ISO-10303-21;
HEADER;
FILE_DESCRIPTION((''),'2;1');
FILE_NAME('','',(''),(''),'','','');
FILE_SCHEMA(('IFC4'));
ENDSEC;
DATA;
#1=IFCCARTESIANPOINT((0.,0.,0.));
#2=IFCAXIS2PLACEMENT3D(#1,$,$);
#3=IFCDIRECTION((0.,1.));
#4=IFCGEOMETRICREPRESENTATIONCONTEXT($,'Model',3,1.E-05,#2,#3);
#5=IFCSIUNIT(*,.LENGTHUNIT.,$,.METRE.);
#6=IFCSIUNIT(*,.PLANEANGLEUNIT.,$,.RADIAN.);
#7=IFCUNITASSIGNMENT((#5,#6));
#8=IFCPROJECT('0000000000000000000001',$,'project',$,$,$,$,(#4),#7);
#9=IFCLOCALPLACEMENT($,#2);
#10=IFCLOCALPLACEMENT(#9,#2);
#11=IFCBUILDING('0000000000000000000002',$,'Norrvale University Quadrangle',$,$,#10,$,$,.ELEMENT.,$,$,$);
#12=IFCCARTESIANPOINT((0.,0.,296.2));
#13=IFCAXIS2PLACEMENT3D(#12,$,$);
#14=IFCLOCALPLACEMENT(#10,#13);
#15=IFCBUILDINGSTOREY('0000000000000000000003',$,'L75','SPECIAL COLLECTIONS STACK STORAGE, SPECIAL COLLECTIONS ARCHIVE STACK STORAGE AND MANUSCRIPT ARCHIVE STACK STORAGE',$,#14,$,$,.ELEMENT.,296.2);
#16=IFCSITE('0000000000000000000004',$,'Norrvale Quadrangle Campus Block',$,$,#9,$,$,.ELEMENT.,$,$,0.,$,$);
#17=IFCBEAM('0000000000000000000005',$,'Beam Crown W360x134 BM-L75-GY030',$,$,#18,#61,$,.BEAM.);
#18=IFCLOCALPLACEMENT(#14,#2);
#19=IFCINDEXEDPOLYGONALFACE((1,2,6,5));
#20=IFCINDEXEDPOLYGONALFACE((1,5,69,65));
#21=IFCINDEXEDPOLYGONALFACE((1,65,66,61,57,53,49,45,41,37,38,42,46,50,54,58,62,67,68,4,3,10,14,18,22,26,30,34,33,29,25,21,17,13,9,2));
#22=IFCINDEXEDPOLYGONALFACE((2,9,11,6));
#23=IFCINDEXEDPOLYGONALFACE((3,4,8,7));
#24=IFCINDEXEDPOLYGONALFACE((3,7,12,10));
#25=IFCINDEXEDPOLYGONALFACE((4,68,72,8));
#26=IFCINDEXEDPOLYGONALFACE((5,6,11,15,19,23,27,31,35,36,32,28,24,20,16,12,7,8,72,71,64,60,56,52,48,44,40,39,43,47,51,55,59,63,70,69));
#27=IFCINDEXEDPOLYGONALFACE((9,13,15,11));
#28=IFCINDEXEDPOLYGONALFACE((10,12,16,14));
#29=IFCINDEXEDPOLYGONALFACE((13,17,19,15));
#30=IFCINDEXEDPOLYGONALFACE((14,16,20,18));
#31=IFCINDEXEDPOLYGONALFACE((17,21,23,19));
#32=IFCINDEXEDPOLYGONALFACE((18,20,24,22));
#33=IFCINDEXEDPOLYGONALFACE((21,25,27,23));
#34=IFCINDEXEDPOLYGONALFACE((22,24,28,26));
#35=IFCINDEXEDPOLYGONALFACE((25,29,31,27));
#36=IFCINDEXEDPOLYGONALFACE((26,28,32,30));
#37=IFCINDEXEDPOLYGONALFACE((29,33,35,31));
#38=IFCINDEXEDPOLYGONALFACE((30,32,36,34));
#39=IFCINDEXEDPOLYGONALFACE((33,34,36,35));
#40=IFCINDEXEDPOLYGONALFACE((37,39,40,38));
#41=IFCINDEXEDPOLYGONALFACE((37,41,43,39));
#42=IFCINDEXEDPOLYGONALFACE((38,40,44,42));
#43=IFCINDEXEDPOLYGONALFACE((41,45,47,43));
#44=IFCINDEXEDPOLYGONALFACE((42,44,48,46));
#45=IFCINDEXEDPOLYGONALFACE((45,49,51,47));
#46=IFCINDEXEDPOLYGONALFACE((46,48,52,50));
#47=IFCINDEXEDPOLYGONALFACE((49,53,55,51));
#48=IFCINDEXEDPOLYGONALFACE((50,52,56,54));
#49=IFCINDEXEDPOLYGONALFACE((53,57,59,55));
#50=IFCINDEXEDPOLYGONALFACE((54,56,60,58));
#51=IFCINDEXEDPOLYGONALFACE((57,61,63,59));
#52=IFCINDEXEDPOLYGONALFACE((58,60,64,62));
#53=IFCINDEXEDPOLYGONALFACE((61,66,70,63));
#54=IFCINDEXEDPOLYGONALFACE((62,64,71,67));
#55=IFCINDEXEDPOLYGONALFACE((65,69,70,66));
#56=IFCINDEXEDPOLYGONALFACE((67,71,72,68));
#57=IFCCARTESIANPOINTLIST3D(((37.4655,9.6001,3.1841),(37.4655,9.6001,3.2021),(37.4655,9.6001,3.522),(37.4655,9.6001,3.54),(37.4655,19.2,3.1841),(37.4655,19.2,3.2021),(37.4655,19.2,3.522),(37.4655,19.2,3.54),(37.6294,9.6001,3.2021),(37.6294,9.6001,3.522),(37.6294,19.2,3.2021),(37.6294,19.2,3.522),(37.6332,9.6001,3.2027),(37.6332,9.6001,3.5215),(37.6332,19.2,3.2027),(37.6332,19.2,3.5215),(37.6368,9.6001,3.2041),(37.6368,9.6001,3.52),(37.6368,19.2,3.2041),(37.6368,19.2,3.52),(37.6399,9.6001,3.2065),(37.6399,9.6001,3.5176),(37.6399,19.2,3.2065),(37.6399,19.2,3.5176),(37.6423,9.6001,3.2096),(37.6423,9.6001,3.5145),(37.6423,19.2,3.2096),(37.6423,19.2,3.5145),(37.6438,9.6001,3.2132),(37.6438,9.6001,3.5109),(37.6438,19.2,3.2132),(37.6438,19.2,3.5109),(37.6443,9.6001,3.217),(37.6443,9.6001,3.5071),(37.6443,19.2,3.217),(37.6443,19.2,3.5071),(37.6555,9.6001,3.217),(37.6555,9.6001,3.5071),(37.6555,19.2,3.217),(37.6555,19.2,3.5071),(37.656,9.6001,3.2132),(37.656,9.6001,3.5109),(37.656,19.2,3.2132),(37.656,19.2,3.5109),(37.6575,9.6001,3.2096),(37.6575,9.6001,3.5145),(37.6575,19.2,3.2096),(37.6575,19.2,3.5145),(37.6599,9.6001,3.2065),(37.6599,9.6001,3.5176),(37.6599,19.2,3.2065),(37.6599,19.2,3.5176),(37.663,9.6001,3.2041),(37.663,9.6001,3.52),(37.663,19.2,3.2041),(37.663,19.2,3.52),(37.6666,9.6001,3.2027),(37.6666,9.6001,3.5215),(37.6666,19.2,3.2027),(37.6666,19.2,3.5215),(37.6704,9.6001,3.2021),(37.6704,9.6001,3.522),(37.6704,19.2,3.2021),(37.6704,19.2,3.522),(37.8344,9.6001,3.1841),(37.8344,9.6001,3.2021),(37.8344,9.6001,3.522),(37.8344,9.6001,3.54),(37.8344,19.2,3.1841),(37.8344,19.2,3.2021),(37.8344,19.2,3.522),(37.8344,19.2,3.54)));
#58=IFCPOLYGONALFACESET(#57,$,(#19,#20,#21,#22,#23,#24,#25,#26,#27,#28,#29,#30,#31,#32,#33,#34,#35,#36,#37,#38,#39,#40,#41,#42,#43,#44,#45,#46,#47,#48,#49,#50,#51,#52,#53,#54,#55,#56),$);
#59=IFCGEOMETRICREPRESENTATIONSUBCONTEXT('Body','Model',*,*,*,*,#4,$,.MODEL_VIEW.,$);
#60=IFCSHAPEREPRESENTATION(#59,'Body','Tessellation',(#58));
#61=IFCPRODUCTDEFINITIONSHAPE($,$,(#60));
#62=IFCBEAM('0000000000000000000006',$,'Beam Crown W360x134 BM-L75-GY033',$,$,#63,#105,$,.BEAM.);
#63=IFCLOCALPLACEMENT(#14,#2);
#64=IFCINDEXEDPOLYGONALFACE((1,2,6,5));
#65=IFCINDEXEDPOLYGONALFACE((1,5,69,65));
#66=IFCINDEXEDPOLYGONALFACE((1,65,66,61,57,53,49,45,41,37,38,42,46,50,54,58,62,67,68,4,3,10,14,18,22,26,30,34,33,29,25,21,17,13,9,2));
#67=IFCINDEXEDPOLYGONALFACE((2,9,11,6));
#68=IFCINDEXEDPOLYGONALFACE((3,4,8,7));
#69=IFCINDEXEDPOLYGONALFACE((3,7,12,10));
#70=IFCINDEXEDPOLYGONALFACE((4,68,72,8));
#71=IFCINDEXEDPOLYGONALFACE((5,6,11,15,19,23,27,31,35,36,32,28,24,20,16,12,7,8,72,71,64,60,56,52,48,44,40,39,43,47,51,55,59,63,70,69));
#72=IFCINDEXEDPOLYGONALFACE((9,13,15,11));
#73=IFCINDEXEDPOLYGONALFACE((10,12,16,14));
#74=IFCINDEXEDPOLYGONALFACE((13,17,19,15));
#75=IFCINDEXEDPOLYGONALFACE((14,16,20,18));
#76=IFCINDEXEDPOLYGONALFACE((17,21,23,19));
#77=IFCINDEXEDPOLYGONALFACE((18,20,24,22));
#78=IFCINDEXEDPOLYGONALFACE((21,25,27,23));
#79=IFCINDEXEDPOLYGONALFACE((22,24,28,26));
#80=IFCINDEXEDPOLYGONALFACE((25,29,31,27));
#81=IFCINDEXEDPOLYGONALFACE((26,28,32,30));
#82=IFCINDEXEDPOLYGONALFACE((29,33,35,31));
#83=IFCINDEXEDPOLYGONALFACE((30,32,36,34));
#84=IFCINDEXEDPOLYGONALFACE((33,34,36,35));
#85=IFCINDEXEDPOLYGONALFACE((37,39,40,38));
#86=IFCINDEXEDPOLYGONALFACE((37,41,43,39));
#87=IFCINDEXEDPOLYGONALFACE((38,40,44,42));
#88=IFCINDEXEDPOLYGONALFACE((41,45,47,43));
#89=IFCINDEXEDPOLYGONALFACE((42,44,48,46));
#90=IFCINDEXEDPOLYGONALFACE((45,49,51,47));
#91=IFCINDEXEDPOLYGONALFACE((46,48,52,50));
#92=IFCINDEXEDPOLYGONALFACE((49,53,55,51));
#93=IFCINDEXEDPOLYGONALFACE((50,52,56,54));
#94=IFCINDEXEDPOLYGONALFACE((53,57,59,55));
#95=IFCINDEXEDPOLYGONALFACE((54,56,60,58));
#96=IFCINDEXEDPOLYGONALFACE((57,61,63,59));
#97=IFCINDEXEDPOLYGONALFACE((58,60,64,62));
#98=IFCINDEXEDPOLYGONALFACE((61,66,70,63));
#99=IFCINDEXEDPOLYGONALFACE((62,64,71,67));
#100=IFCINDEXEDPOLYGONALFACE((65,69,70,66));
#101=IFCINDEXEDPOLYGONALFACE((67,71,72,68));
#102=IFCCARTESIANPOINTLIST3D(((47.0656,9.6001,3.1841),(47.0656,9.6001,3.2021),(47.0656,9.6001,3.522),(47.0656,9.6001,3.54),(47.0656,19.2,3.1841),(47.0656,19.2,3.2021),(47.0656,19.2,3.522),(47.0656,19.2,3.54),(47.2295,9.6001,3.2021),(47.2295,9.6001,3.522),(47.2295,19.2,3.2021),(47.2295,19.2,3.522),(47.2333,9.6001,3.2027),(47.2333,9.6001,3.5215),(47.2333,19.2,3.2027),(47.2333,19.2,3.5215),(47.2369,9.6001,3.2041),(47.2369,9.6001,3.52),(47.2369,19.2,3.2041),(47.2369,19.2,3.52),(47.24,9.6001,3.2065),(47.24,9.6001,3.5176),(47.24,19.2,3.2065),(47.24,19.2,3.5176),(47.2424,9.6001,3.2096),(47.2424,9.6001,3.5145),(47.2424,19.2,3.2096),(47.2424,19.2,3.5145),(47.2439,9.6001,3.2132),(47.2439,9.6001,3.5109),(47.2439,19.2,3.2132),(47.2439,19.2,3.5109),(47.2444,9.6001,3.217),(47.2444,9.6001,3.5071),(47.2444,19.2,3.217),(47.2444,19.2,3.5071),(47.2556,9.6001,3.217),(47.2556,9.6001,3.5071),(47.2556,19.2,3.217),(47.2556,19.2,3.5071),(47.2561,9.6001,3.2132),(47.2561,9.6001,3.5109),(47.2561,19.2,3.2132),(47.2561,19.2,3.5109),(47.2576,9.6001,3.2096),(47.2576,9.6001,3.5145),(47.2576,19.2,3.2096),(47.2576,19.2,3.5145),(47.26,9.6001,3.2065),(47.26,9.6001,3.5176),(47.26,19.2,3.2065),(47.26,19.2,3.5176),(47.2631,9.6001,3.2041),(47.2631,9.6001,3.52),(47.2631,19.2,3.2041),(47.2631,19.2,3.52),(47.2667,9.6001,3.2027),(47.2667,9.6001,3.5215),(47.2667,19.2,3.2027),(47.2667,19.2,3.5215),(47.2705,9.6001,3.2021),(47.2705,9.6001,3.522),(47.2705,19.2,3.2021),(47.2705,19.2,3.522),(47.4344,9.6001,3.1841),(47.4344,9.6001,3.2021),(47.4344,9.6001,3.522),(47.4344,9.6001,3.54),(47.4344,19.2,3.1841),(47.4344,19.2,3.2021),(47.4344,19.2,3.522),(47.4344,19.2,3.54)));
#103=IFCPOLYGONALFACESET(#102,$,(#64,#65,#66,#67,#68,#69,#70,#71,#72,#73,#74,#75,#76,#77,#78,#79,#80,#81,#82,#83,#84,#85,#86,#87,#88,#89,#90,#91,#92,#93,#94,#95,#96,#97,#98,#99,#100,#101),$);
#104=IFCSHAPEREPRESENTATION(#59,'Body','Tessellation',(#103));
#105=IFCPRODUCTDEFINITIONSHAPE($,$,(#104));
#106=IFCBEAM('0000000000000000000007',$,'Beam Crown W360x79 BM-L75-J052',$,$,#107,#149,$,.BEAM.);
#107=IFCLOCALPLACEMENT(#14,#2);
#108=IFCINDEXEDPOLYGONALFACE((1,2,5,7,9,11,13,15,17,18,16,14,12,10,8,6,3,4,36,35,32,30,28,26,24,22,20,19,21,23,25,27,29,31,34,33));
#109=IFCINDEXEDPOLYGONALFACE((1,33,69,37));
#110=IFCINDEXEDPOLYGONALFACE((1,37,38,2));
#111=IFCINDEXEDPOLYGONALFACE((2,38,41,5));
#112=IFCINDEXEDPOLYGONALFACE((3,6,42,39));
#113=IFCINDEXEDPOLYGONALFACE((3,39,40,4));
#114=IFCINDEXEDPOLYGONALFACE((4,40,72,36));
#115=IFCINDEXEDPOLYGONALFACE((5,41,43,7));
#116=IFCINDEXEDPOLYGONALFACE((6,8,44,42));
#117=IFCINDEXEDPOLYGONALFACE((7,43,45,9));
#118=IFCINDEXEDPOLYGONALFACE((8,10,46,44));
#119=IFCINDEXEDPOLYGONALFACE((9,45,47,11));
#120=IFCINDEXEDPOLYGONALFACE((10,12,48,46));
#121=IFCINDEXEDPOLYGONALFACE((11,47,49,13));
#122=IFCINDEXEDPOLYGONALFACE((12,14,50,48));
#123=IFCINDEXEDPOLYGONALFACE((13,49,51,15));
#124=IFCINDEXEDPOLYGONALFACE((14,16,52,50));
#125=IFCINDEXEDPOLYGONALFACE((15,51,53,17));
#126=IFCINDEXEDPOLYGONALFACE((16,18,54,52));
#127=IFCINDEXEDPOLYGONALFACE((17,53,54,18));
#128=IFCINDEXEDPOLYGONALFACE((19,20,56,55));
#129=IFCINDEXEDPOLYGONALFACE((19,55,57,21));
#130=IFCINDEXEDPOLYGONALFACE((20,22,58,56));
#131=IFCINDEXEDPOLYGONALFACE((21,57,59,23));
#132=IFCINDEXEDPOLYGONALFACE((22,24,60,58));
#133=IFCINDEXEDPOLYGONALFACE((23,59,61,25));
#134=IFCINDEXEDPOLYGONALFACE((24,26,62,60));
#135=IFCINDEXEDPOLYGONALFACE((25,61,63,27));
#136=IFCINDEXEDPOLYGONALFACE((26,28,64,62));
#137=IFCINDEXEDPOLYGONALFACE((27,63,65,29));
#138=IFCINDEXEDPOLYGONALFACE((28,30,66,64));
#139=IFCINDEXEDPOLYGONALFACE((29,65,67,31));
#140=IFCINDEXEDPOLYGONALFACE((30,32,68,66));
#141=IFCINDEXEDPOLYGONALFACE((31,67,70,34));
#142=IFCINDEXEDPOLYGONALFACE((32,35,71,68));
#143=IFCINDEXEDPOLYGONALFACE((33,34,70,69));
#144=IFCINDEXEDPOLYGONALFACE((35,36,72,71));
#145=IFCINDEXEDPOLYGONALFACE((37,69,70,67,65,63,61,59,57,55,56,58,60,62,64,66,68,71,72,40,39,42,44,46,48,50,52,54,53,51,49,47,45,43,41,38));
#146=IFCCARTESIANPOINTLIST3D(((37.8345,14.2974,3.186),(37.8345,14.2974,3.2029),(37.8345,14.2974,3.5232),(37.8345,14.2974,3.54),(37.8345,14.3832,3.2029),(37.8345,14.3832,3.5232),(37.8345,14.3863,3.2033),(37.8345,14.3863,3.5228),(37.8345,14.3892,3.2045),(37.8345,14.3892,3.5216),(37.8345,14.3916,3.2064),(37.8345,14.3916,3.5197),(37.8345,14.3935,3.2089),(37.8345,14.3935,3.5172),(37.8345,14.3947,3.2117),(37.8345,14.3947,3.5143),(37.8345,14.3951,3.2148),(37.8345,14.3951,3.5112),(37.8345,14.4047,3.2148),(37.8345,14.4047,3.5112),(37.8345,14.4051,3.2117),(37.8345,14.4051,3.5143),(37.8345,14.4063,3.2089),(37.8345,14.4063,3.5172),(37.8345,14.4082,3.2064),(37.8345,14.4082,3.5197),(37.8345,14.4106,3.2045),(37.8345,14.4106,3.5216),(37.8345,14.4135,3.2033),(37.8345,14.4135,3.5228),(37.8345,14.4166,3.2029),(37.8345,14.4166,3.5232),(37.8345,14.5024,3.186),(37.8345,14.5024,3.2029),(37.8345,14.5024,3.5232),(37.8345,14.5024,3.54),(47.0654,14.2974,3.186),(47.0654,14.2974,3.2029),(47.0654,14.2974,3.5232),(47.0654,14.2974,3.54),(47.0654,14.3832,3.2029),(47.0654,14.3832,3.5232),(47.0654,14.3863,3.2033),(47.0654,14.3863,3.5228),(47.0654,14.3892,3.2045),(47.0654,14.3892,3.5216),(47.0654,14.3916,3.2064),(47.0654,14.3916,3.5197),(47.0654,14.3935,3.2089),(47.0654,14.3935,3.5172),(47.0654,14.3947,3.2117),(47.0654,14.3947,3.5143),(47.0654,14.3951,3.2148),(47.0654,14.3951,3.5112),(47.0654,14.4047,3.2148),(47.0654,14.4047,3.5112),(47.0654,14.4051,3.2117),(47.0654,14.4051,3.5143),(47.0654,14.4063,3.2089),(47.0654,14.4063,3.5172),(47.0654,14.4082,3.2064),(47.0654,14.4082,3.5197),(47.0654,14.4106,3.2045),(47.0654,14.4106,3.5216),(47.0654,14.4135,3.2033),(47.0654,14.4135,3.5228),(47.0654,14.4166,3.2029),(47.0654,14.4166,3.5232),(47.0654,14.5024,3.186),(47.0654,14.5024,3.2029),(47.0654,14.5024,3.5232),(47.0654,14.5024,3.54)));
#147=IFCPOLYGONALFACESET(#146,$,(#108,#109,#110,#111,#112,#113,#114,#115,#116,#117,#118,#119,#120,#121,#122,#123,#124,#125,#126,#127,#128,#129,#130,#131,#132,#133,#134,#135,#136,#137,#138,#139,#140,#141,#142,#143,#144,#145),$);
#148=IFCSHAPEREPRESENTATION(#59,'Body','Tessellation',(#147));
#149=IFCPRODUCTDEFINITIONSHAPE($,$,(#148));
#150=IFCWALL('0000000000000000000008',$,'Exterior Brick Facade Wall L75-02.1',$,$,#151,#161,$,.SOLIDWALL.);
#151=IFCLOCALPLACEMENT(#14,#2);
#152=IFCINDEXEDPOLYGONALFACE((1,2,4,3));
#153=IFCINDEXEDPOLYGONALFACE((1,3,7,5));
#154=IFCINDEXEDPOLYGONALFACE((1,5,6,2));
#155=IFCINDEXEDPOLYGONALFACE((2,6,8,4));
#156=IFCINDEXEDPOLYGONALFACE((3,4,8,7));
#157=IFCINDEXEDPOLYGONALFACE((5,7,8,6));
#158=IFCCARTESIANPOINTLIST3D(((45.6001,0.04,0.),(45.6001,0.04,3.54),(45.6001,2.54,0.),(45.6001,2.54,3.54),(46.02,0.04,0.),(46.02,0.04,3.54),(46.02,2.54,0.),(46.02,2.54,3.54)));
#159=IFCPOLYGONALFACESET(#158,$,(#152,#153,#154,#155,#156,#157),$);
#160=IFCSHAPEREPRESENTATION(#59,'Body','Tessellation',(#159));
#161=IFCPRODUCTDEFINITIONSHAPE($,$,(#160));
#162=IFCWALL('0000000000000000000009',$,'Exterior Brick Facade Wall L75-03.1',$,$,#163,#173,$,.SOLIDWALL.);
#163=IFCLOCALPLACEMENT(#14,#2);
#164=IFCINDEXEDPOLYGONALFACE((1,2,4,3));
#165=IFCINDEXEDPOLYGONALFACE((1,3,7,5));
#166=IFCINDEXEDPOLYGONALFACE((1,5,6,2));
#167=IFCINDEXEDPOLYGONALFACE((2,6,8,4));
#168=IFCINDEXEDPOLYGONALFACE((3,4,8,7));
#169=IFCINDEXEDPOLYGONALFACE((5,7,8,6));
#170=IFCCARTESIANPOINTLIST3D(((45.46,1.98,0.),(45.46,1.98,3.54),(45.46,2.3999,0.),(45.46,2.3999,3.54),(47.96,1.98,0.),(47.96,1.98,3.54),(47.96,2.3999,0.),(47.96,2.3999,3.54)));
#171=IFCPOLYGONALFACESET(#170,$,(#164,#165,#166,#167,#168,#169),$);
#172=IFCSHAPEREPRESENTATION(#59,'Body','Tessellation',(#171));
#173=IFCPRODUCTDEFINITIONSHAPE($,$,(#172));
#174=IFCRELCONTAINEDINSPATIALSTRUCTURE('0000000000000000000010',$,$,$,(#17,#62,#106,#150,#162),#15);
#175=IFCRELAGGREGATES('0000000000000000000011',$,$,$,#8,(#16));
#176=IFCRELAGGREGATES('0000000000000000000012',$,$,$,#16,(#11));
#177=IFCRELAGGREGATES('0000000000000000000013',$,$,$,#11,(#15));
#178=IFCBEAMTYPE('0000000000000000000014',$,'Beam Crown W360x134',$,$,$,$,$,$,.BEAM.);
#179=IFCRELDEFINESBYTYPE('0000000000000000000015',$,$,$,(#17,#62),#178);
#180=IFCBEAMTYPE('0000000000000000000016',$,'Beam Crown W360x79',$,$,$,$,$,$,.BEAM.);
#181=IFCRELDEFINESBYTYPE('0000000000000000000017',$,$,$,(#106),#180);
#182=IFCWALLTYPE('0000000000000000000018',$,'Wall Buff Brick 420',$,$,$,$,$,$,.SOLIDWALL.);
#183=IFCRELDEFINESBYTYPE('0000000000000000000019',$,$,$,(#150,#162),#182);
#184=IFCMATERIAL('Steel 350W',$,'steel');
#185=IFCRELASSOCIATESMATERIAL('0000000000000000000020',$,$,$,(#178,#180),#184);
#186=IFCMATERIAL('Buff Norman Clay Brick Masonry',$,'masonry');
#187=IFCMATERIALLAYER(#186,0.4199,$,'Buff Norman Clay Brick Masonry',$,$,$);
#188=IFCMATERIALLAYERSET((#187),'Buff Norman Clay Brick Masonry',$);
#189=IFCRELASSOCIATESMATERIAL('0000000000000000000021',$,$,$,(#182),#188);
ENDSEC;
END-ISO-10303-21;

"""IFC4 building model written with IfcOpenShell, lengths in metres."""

from ifc_helpers import new_model, si_unit, direction, frame, frame_2d, origin, origin_2d, place, context, subcontext, project, spatial, rectangle, i_section, extrude, material, layer, layer_set, material_profile, profile_set, type_object, element, save


model = new_model("IFC4")

# Units and contexts
model_context = context("Model", 3, precision=1e-05, world=origin(), true_north=direction((0.0, 1.0)))
body_context = subcontext(model_context, "Body", "Model", "MODEL_VIEW")
ifc_project = project(units=[si_unit("LENGTHUNIT", "METRE"), si_unit("PLANEANGLEUNIT", "RADIAN")], contexts=[model_context])

# Site, building, storey
site_placement = place(None, origin())
site = spatial("IfcSite", under=ifc_project, at=site_placement, Name="Norrvale Quadrangle Campus Block", CompositionType="ELEMENT", RefElevation=0.0)
building_placement = place(site_placement, origin())
building = spatial("IfcBuilding", under=site, at=building_placement, Name="Norrvale University Quadrangle", CompositionType="ELEMENT")
storey_placement = place(building_placement, frame((0.0, 0.0, 296.2)))
storey = spatial("IfcBuildingStorey", under=building, at=storey_placement, Name="L75", Description="SPECIAL COLLECTIONS STACK STORAGE, SPECIAL COLLECTIONS ARCHIVE STACK STORAGE AND MANUSCRIPT ARCHIVE STACK STORAGE", CompositionType="ELEMENT", Elevation=296.2)

# Beams
ifc_material_1 = material(Name="Steel 350W", Category="steel")
ifc_material_profile_1 = material_profile(ifc_material_1, i_section(OverallWidth=0.3689, OverallDepth=0.356, WebThickness=0.0112, FlangeThickness=0.0181, FilletRadius=0.0149, at=origin_2d()), Name="Steel 350W")
ifc_profile_set_1 = profile_set([ifc_material_profile_1], Name="Steel 350W")
beam_type_1 = type_object("IfcBeamType", Name="Beam Crown W360x134", PredefinedType="BEAM", material=ifc_profile_set_1)
for number, where, z_axis, x_axis, name in (
    (1, (37.6499, 9.6001, 3.3621), (0.0, 1.0, 0.0), (-1.0, 0.0, 0.0), "Beam Crown W360x134 BM-L75-GY030"),
    (2, (47.25, 9.6001, 3.3621), (0.0, 1.0, 0.0), (-1.0, 0.0, 0.0), "Beam Crown W360x134 BM-L75-GY033"),
):
    element("IfcBeam", number, at=place(storey_placement, frame(where, z_axis=z_axis, x_axis=x_axis)), inside=storey, type_object=beam_type_1, Name=name, PredefinedType="BEAM", context=body_context, shape_type="SweptSolid", body=[
        extrude(i_section(OverallWidth=0.3689, OverallDepth=0.356, WebThickness=0.0112, FlangeThickness=0.0181, FilletRadius=0.0149, at=origin_2d()), origin(), (0.0, 0.0, 1.0), 9.5999),
    ])
ifc_material_profile_2 = material_profile(ifc_material_1, i_section(OverallWidth=0.2051, OverallDepth=0.354, WebThickness=0.0095, FlangeThickness=0.0168, FilletRadius=0.012, at=origin_2d()), Name="Steel 350W")
ifc_profile_set_2 = profile_set([ifc_material_profile_2], Name="Steel 350W")
beam_type_2 = type_object("IfcBeamType", Name="Beam Crown W360x79", PredefinedType="BEAM", material=ifc_profile_set_2)
beam_1_placement = place(storey_placement, frame((37.8345, 14.3999, 3.363), z_axis=(1.0, 0.0, 0.0), x_axis=(0.0, 1.0, 0.0)))
element("IfcBeam", 3, at=beam_1_placement, inside=storey, type_object=beam_type_2, Name="Beam Crown W360x79 BM-L75-J052", PredefinedType="BEAM", context=body_context, shape_type="SweptSolid", body=[
    extrude(i_section(OverallWidth=0.2051, OverallDepth=0.354, WebThickness=0.0095, FlangeThickness=0.0168, FilletRadius=0.012, at=origin_2d()), origin(), (0.0, 0.0, 1.0), 9.231),
])

# Walls
ifc_material_2 = material(Name="Buff Norman Clay Brick Masonry", Category="masonry")
ifc_layer_1 = layer(ifc_material_2, 0.4199, Name="Buff Norman Clay Brick Masonry")
ifc_layer_set_1 = layer_set([ifc_layer_1], Name="Buff Norman Clay Brick Masonry")
wall_type_1 = type_object("IfcWallType", Name="Wall Buff Brick 420", PredefinedType="SOLIDWALL", material=ifc_layer_set_1)
for number, where, z_axis, x_axis, name in (
    (4, (45.8101, 0.04, 0.0), (0.0, 0.0, 1.0), (0.0, 1.0, 0.0), "Exterior Brick Facade Wall L75-02.1"),
    (5, (45.46, 2.1899, 0.0), (0.0, 0.0, 1.0), (1.0, 0.0, 0.0), "Exterior Brick Facade Wall L75-03.1"),
):
    element("IfcWall", number, at=place(storey_placement, frame(where, z_axis=z_axis, x_axis=x_axis)), inside=storey, type_object=wall_type_1, Name=name, PredefinedType="SOLIDWALL", context=body_context, shape_type="SweptSolid", body=[
        extrude(rectangle(XDim=2.5, YDim=0.4199, at=frame_2d((1.25, 0.0))), origin(), (0.0, 0.0, 1.0), 3.54),
    ])

save(model, "model.ifc")
